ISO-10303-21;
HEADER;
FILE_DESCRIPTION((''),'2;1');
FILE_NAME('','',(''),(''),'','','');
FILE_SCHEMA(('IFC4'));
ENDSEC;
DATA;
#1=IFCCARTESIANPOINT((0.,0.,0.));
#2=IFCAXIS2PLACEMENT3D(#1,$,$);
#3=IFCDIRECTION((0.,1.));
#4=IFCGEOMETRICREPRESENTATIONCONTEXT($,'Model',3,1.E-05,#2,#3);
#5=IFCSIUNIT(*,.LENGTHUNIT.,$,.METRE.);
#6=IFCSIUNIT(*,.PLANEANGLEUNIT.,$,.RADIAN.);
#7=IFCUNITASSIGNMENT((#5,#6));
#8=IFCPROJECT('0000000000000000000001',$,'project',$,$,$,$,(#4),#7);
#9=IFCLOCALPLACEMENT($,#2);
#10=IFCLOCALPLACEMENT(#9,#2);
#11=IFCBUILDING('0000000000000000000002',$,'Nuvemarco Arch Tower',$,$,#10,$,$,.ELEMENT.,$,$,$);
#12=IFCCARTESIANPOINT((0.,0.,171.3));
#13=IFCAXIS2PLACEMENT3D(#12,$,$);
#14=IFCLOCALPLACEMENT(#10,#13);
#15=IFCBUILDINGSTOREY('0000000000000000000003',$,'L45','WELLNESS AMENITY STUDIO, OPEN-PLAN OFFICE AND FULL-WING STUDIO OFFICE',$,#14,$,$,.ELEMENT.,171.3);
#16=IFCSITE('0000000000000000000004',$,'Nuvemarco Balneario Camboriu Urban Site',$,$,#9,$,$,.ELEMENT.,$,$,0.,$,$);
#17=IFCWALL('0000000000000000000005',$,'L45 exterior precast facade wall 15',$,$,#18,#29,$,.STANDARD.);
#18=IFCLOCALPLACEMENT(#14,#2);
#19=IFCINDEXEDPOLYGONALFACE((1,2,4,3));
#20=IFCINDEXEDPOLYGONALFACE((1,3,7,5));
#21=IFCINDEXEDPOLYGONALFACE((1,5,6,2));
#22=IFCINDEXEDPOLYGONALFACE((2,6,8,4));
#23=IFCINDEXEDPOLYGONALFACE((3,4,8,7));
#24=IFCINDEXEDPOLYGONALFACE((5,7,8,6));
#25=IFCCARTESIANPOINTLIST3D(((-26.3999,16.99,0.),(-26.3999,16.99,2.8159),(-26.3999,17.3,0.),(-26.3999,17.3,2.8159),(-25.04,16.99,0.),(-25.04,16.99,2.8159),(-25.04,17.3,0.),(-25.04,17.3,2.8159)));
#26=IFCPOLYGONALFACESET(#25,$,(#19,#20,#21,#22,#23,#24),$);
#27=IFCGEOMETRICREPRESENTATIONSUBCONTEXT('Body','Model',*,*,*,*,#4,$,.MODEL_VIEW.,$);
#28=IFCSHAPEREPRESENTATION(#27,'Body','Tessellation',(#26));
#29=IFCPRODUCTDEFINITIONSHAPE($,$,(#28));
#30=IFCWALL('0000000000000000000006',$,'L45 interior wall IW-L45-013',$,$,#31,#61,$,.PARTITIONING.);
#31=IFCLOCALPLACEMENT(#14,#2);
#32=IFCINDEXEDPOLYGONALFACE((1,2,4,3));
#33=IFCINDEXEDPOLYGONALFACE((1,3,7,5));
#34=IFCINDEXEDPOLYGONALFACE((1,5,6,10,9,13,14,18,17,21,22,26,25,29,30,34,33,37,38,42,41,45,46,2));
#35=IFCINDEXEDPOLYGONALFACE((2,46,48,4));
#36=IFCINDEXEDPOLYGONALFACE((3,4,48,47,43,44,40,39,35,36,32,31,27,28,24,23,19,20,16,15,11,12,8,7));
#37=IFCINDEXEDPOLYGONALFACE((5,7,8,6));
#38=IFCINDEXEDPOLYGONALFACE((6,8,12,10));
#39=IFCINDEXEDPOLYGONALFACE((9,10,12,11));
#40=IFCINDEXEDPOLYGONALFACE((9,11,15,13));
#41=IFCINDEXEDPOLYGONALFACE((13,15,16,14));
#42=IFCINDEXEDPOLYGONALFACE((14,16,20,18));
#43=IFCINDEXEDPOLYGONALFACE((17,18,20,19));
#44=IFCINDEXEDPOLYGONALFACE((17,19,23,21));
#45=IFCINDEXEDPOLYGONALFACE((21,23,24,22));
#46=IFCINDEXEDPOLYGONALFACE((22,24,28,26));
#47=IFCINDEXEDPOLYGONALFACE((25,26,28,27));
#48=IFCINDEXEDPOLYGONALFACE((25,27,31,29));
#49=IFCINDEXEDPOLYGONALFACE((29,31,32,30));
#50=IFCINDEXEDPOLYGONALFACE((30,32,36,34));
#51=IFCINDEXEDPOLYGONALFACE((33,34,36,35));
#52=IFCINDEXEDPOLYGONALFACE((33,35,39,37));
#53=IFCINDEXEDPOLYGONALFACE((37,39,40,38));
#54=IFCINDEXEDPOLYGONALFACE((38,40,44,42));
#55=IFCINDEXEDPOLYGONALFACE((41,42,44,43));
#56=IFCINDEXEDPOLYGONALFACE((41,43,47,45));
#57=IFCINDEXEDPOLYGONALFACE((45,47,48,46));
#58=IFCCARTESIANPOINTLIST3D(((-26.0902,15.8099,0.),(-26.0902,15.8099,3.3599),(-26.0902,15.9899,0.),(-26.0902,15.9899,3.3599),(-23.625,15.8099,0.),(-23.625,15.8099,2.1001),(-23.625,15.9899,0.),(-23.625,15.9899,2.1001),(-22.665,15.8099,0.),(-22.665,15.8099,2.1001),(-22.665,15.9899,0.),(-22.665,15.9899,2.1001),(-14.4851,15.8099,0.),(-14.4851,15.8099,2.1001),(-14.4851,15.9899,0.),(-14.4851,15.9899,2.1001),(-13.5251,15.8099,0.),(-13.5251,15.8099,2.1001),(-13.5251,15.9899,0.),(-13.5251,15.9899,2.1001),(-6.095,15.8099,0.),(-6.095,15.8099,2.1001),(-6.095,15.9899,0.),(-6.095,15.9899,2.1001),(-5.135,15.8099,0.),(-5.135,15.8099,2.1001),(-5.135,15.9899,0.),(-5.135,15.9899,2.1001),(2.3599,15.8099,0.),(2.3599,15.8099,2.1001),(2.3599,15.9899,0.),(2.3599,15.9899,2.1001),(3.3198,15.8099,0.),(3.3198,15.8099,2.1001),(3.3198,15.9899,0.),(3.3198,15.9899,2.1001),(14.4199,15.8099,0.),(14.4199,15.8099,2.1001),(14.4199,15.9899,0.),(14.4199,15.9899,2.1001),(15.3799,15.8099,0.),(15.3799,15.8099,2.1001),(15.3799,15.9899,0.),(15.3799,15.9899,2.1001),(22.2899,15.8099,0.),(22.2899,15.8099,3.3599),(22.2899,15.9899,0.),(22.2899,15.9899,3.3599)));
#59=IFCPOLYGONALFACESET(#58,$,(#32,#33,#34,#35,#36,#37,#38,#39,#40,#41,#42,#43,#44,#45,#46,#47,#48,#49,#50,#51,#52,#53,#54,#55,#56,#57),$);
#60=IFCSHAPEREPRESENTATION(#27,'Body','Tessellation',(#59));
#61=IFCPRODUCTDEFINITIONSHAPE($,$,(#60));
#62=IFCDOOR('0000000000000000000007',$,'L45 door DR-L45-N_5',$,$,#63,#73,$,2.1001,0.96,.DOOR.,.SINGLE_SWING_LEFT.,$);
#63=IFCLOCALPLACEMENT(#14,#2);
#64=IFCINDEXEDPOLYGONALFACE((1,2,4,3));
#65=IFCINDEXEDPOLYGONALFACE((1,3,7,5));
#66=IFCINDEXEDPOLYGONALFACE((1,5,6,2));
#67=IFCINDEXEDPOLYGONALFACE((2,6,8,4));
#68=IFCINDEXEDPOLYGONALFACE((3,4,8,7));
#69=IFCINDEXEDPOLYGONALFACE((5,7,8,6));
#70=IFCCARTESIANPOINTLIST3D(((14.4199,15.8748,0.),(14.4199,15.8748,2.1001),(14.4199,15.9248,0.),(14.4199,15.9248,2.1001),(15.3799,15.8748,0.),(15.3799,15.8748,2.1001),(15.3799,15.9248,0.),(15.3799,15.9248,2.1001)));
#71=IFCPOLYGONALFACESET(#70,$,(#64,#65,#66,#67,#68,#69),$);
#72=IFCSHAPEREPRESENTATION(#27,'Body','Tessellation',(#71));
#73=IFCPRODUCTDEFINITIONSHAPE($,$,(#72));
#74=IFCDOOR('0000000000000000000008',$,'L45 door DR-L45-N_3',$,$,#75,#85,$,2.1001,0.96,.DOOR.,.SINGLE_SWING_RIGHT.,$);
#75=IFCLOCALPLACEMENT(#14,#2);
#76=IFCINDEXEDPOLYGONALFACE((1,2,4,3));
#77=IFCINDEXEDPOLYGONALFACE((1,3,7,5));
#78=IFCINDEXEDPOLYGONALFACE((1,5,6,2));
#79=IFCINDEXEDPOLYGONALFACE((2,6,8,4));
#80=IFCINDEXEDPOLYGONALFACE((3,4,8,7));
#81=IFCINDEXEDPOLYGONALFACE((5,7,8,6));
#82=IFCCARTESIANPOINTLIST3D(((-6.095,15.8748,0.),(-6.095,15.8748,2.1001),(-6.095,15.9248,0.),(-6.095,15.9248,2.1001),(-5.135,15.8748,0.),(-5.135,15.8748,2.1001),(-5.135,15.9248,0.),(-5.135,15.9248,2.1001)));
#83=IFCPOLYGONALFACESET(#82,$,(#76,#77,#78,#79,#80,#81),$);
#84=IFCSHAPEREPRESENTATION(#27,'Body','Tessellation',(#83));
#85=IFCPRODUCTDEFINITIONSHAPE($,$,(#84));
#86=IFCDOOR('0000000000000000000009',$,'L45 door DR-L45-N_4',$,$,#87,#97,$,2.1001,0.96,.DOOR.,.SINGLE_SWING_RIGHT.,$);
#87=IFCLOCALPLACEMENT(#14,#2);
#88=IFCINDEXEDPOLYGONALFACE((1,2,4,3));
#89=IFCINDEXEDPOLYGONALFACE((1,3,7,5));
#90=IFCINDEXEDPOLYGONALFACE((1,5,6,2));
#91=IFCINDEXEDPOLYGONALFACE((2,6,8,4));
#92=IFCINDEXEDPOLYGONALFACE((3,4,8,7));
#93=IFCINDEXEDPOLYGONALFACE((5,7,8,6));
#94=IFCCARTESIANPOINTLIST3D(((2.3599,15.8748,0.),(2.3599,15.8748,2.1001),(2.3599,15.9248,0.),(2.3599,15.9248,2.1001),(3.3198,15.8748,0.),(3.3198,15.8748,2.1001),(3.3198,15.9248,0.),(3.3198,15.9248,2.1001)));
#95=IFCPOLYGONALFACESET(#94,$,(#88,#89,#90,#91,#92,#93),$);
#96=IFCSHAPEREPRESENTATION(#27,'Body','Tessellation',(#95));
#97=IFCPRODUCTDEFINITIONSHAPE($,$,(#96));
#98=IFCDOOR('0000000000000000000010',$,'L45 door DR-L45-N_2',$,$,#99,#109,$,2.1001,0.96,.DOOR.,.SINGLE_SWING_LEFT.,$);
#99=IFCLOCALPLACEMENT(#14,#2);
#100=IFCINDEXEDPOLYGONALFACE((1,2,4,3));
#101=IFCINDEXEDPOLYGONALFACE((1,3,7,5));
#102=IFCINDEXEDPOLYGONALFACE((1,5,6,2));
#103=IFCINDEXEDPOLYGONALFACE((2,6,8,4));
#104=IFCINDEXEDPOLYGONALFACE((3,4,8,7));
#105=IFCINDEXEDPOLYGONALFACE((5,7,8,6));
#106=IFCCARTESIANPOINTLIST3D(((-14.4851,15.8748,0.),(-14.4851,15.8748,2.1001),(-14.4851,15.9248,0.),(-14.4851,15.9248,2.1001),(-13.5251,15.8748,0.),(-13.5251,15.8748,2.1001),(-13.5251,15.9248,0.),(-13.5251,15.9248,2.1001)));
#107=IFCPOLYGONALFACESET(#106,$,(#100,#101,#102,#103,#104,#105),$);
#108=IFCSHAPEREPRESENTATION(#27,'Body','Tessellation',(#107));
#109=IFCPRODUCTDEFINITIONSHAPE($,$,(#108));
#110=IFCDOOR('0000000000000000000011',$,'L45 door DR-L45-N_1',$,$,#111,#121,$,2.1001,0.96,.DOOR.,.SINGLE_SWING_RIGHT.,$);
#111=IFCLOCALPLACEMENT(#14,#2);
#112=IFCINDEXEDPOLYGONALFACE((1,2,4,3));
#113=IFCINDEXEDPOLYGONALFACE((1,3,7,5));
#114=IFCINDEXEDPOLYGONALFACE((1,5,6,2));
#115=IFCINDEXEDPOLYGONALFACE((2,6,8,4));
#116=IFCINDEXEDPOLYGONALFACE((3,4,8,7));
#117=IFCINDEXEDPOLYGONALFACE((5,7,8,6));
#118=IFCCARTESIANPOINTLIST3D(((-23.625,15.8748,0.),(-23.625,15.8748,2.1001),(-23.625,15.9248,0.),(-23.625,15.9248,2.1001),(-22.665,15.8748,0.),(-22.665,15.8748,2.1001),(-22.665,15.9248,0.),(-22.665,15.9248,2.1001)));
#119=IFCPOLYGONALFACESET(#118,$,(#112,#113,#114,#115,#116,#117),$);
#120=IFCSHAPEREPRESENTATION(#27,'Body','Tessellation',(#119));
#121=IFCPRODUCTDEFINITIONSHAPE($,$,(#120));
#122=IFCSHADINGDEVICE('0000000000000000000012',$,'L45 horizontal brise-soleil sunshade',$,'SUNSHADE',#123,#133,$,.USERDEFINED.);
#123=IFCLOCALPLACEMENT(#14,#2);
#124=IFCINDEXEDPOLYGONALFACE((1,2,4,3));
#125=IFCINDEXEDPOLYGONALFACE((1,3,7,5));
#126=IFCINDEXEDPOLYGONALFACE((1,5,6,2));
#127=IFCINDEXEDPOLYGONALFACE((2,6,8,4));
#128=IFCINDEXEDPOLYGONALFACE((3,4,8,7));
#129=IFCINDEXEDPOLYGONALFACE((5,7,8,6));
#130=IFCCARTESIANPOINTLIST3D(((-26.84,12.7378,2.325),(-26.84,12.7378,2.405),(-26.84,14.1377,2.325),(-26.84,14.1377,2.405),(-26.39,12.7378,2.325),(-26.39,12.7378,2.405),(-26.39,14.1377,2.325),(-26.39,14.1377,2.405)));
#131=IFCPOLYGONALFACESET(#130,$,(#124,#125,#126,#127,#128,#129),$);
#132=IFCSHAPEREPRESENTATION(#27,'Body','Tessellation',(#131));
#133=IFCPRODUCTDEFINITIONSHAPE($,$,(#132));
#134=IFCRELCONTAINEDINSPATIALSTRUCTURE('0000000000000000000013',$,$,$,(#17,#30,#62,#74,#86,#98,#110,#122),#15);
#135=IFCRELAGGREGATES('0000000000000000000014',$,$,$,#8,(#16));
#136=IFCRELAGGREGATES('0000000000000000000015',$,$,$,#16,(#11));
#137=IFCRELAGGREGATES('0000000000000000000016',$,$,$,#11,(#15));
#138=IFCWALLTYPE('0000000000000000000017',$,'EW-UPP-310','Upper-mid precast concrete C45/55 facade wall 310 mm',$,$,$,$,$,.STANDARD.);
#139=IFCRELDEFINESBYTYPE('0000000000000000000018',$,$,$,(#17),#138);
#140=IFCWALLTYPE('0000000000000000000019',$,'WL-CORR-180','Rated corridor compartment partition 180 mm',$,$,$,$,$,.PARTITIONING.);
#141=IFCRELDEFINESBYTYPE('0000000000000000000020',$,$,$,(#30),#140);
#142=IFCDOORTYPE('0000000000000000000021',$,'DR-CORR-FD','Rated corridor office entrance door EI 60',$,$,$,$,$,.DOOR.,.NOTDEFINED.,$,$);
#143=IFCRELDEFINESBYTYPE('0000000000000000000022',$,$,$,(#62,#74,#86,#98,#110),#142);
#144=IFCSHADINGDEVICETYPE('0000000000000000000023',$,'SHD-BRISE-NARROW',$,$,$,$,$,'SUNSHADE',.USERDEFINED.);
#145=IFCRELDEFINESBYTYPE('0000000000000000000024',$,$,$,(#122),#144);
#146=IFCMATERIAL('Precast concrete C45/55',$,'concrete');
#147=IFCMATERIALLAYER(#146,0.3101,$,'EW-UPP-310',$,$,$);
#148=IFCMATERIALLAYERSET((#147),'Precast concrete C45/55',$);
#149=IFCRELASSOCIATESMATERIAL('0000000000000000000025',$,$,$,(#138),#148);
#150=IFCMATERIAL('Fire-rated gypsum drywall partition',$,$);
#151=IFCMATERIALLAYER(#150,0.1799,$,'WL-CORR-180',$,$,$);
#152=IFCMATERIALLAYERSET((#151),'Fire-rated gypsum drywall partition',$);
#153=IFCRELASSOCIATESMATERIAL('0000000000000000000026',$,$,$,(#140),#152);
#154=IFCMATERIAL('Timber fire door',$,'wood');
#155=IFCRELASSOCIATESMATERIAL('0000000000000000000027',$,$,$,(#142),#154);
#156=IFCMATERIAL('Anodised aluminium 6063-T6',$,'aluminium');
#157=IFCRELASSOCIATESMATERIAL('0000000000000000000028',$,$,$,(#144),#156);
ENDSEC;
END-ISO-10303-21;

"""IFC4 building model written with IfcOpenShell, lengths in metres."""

from ifc_helpers import new_model, si_unit, direction, frame, frame_2d, origin, origin_2d, place, context, subcontext, project, spatial, rectangle, extrude, source, transform, mapped, material, layer, layer_set, type_object, type_shapes, element, fill, save


model = new_model("IFC4")

# Units and contexts
model_context = context("Model", 3, precision=1e-05, world=origin(), true_north=direction((0.0, 1.0)))
body_context = subcontext(model_context, "Body", "Model", "MODEL_VIEW")
ifc_project = project(units=[si_unit("LENGTHUNIT", "METRE"), si_unit("PLANEANGLEUNIT", "RADIAN")], contexts=[model_context])

# Site, building, storey
site_placement = place(None, origin())
site = spatial("IfcSite", under=ifc_project, at=site_placement, Name="Nuvemarco Balneario Camboriu Urban Site", CompositionType="ELEMENT", RefElevation=0.0)
building_placement = place(site_placement, origin())
building = spatial("IfcBuilding", under=site, at=building_placement, Name="Nuvemarco Arch Tower", CompositionType="ELEMENT")
storey_placement = place(building_placement, frame((0.0, 0.0, 171.3)))
storey = spatial("IfcBuildingStorey", under=building, at=storey_placement, Name="L45", Description="WELLNESS AMENITY STUDIO, OPEN-PLAN OFFICE AND FULL-WING STUDIO OFFICE", CompositionType="ELEMENT", Elevation=171.3)

# Shared definitions
ifc_material_1 = material(Name="Precast concrete C45/55", Category="concrete")
ifc_layer_1 = layer(ifc_material_1, 0.3101, Name="EW-UPP-310")
ifc_layer_set_1 = layer_set([ifc_layer_1], Name="Precast concrete C45/55")
wall_type_1 = type_object("IfcWallType", Name="EW-UPP-310", Description="Upper-mid precast concrete C45/55 facade wall 310 mm", PredefinedType="STANDARD", material=ifc_layer_set_1)

# Wall
wall_1_placement = place(storey_placement, frame((-26.3999, 17.145, 0.0), z_axis=(0.0, 0.0, 1.0), x_axis=(1.0, 0.0, 0.0)))
element("IfcWall", 1, at=wall_1_placement, inside=storey, type_object=wall_type_1, Name="L45 exterior precast facade wall 15", PredefinedType="STANDARD", context=body_context, shape_type="SweptSolid", body=[
    extrude(rectangle(XDim=1.3599, YDim=0.3101, at=frame_2d((0.6799, 0.0))), origin(), (0.0, 0.0, 1.0), 2.8159),
])

# Wall, openings, doors
ifc_material_2 = material(Name="Fire-rated gypsum drywall partition")
ifc_layer_2 = layer(ifc_material_2, 0.1799, Name="WL-CORR-180")
ifc_layer_set_2 = layer_set([ifc_layer_2], Name="Fire-rated gypsum drywall partition")
wall_type_2 = type_object("IfcWallType", Name="WL-CORR-180", Description="Rated corridor compartment partition 180 mm", PredefinedType="PARTITIONING", material=ifc_layer_set_2)
wall_2_placement = place(storey_placement, frame((-26.0901, 15.8999, 0.0), z_axis=(0.0, 0.0, 1.0), x_axis=(1.0, 0.0, 0.0)))
wall_2 = element("IfcWall", 2, at=wall_2_placement, inside=storey, type_object=wall_type_2, Name="L45 interior wall IW-L45-013", PredefinedType="PARTITIONING", context=body_context, shape_type="SweptSolid", body=[
    extrude(rectangle(XDim=48.3801, YDim=0.1799, at=frame_2d((24.1899, 0.0))), origin(), (0.0, 0.0, 1.0), 3.3599),
])
opening_1_placement = place(wall_2_placement, frame((40.51, 0.0, 0.0)))
opening_1 = element("IfcOpeningElement", 3, at=opening_1_placement, cuts=wall_2, PredefinedType="OPENING", context=body_context, shape_type="SweptSolid", body=[
    extrude(rectangle(XDim=0.96, YDim=2.1001, at=frame_2d((0.48, 1.05))), frame((0.0, 0.0999, 0.0), z_axis=(0.0, -1.0, 0.0), x_axis=(1.0, 0.0, 0.0)), (0.0, 0.0, 1.0), 0.2),
])
opening_2_placement = place(wall_2_placement, frame((19.9951, 0.0, 0.0)))
opening_2 = element("IfcOpeningElement", 4, at=opening_2_placement, cuts=wall_2, PredefinedType="OPENING", context=body_context, shape_type="SweptSolid", body=[
    extrude(rectangle(XDim=0.96, YDim=2.1001, at=frame_2d((0.48, 1.05))), frame((0.0, 0.0999, 0.0), z_axis=(0.0, -1.0, 0.0), x_axis=(1.0, 0.0, 0.0)), (0.0, 0.0, 1.0), 0.2),
])
opening_3_placement = place(wall_2_placement, frame((28.45, 0.0, 0.0)))
opening_3 = element("IfcOpeningElement", 5, at=opening_3_placement, cuts=wall_2, PredefinedType="OPENING", context=body_context, shape_type="SweptSolid", body=[
    extrude(rectangle(XDim=0.96, YDim=2.1001, at=frame_2d((0.48, 1.05))), frame((0.0, 0.0999, 0.0), z_axis=(0.0, -1.0, 0.0), x_axis=(1.0, 0.0, 0.0)), (0.0, 0.0, 1.0), 0.2),
])
opening_4_placement = place(wall_2_placement, frame((11.605, 0.0, 0.0)))
opening_4 = element("IfcOpeningElement", 6, at=opening_4_placement, cuts=wall_2, PredefinedType="OPENING", context=body_context, shape_type="SweptSolid", body=[
    extrude(rectangle(XDim=0.96, YDim=2.1001, at=frame_2d((0.48, 1.05))), frame((0.0, 0.0999, 0.0), z_axis=(0.0, -1.0, 0.0), x_axis=(1.0, 0.0, 0.0)), (0.0, 0.0, 1.0), 0.2),
])
opening_5_placement = place(wall_2_placement, frame((2.4651, 0.0, 0.0)))
opening_5 = element("IfcOpeningElement", 7, at=opening_5_placement, cuts=wall_2, PredefinedType="OPENING", context=body_context, shape_type="SweptSolid", body=[
    extrude(rectangle(XDim=0.96, YDim=2.1001, at=frame_2d((0.48, 1.05))), frame((0.0, 0.0999, 0.0), z_axis=(0.0, -1.0, 0.0), x_axis=(1.0, 0.0, 0.0)), (0.0, 0.0, 1.0), 0.2),
])
ifc_material_3 = material(Name="Timber fire door", Category="wood")
door_type = type_object("IfcDoorType", Name="DR-CORR-FD", Description="Rated corridor office entrance door EI 60", OperationType="NOTDEFINED", PredefinedType="DOOR", material=ifc_material_3)
shared_shape_1 = source(origin(), body_context, "Body", "SweptSolid", [
    extrude(rectangle(XDim=0.96, YDim=2.1001, at=frame_2d((0.48, 1.05))), frame((0.0, 0.0249, 0.0), z_axis=(0.0, -1.0, 0.0), x_axis=(1.0, 0.0, 0.0)), (0.0, 0.0, 1.0), 0.05),
])
type_shapes(door_type, [shared_shape_1])
door_1_placement = place(opening_1_placement, origin())
door_1 = element("IfcDoor", 8, at=door_1_placement, inside=storey, type_object=door_type, Name="L45 door DR-L45-N_5", OperationType="SINGLE_SWING_LEFT", OverallHeight=2.1001, OverallWidth=0.96, PredefinedType="DOOR", context=body_context, shape_type="MappedRepresentation", body=[
    mapped(shared_shape_1, transform((0.0, 0.0, 0.0), scale=1.0)),
])
fill(opening_1, door_1)
door_2_placement = place(opening_2_placement, origin())
door_2 = element("IfcDoor", 9, at=door_2_placement, inside=storey, type_object=door_type, Name="L45 door DR-L45-N_3", OperationType="SINGLE_SWING_RIGHT", OverallHeight=2.1001, OverallWidth=0.96, PredefinedType="DOOR", context=body_context, shape_type="MappedRepresentation", body=[
    mapped(shared_shape_1, transform((0.0, 0.0, 0.0), scale=1.0)),
])
fill(opening_2, door_2)
door_3_placement = place(opening_3_placement, origin())
door_3 = element("IfcDoor", 10, at=door_3_placement, inside=storey, type_object=door_type, Name="L45 door DR-L45-N_4", OperationType="SINGLE_SWING_RIGHT", OverallHeight=2.1001, OverallWidth=0.96, PredefinedType="DOOR", context=body_context, shape_type="MappedRepresentation", body=[
    mapped(shared_shape_1, transform((0.0, 0.0, 0.0), scale=1.0)),
])
fill(opening_3, door_3)
door_4_placement = place(opening_4_placement, origin())
door_4 = element("IfcDoor", 11, at=door_4_placement, inside=storey, type_object=door_type, Name="L45 door DR-L45-N_2", OperationType="SINGLE_SWING_LEFT", OverallHeight=2.1001, OverallWidth=0.96, PredefinedType="DOOR", context=body_context, shape_type="MappedRepresentation", body=[
    mapped(shared_shape_1, transform((0.0, 0.0, 0.0), scale=1.0)),
])
fill(opening_4, door_4)
door_5_placement = place(opening_5_placement, origin())
door_5 = element("IfcDoor", 12, at=door_5_placement, inside=storey, type_object=door_type, Name="L45 door DR-L45-N_1", OperationType="SINGLE_SWING_RIGHT", OverallHeight=2.1001, OverallWidth=0.96, PredefinedType="DOOR", context=body_context, shape_type="MappedRepresentation", body=[
    mapped(shared_shape_1, transform((0.0, 0.0, 0.0), scale=1.0)),
])
fill(opening_5, door_5)

# Shading device
ifc_material_4 = material(Name="Anodised aluminium 6063-T6", Category="aluminium")
shading_device_type = type_object("IfcShadingDeviceType", Name="SHD-BRISE-NARROW", ElementType="SUNSHADE", PredefinedType="USERDEFINED", material=ifc_material_4)
shared_shape_2 = source(origin(), body_context, "Body", "SweptSolid", [
    extrude(rectangle(XDim=1.3999, YDim=0.45, at=origin_2d()), origin(), (0.0, 0.0, 1.0), 0.0801),
])
type_shapes(shading_device_type, [shared_shape_2])
shading_device_placement = place(storey_placement, frame((-26.615, 13.4377, 2.325), z_axis=(0.0, 0.0, 1.0), x_axis=(0.0, 1.0, 0.0)))
element("IfcShadingDevice", 13, at=shading_device_placement, inside=storey, type_object=shading_device_type, Name="L45 horizontal brise-soleil sunshade", ObjectType="SUNSHADE", PredefinedType="USERDEFINED", context=body_context, shape_type="MappedRepresentation", body=[
    mapped(shared_shape_2, transform((0.0, 0.0, 0.0), scale=1.0)),
])

save(model, "model.ifc")
